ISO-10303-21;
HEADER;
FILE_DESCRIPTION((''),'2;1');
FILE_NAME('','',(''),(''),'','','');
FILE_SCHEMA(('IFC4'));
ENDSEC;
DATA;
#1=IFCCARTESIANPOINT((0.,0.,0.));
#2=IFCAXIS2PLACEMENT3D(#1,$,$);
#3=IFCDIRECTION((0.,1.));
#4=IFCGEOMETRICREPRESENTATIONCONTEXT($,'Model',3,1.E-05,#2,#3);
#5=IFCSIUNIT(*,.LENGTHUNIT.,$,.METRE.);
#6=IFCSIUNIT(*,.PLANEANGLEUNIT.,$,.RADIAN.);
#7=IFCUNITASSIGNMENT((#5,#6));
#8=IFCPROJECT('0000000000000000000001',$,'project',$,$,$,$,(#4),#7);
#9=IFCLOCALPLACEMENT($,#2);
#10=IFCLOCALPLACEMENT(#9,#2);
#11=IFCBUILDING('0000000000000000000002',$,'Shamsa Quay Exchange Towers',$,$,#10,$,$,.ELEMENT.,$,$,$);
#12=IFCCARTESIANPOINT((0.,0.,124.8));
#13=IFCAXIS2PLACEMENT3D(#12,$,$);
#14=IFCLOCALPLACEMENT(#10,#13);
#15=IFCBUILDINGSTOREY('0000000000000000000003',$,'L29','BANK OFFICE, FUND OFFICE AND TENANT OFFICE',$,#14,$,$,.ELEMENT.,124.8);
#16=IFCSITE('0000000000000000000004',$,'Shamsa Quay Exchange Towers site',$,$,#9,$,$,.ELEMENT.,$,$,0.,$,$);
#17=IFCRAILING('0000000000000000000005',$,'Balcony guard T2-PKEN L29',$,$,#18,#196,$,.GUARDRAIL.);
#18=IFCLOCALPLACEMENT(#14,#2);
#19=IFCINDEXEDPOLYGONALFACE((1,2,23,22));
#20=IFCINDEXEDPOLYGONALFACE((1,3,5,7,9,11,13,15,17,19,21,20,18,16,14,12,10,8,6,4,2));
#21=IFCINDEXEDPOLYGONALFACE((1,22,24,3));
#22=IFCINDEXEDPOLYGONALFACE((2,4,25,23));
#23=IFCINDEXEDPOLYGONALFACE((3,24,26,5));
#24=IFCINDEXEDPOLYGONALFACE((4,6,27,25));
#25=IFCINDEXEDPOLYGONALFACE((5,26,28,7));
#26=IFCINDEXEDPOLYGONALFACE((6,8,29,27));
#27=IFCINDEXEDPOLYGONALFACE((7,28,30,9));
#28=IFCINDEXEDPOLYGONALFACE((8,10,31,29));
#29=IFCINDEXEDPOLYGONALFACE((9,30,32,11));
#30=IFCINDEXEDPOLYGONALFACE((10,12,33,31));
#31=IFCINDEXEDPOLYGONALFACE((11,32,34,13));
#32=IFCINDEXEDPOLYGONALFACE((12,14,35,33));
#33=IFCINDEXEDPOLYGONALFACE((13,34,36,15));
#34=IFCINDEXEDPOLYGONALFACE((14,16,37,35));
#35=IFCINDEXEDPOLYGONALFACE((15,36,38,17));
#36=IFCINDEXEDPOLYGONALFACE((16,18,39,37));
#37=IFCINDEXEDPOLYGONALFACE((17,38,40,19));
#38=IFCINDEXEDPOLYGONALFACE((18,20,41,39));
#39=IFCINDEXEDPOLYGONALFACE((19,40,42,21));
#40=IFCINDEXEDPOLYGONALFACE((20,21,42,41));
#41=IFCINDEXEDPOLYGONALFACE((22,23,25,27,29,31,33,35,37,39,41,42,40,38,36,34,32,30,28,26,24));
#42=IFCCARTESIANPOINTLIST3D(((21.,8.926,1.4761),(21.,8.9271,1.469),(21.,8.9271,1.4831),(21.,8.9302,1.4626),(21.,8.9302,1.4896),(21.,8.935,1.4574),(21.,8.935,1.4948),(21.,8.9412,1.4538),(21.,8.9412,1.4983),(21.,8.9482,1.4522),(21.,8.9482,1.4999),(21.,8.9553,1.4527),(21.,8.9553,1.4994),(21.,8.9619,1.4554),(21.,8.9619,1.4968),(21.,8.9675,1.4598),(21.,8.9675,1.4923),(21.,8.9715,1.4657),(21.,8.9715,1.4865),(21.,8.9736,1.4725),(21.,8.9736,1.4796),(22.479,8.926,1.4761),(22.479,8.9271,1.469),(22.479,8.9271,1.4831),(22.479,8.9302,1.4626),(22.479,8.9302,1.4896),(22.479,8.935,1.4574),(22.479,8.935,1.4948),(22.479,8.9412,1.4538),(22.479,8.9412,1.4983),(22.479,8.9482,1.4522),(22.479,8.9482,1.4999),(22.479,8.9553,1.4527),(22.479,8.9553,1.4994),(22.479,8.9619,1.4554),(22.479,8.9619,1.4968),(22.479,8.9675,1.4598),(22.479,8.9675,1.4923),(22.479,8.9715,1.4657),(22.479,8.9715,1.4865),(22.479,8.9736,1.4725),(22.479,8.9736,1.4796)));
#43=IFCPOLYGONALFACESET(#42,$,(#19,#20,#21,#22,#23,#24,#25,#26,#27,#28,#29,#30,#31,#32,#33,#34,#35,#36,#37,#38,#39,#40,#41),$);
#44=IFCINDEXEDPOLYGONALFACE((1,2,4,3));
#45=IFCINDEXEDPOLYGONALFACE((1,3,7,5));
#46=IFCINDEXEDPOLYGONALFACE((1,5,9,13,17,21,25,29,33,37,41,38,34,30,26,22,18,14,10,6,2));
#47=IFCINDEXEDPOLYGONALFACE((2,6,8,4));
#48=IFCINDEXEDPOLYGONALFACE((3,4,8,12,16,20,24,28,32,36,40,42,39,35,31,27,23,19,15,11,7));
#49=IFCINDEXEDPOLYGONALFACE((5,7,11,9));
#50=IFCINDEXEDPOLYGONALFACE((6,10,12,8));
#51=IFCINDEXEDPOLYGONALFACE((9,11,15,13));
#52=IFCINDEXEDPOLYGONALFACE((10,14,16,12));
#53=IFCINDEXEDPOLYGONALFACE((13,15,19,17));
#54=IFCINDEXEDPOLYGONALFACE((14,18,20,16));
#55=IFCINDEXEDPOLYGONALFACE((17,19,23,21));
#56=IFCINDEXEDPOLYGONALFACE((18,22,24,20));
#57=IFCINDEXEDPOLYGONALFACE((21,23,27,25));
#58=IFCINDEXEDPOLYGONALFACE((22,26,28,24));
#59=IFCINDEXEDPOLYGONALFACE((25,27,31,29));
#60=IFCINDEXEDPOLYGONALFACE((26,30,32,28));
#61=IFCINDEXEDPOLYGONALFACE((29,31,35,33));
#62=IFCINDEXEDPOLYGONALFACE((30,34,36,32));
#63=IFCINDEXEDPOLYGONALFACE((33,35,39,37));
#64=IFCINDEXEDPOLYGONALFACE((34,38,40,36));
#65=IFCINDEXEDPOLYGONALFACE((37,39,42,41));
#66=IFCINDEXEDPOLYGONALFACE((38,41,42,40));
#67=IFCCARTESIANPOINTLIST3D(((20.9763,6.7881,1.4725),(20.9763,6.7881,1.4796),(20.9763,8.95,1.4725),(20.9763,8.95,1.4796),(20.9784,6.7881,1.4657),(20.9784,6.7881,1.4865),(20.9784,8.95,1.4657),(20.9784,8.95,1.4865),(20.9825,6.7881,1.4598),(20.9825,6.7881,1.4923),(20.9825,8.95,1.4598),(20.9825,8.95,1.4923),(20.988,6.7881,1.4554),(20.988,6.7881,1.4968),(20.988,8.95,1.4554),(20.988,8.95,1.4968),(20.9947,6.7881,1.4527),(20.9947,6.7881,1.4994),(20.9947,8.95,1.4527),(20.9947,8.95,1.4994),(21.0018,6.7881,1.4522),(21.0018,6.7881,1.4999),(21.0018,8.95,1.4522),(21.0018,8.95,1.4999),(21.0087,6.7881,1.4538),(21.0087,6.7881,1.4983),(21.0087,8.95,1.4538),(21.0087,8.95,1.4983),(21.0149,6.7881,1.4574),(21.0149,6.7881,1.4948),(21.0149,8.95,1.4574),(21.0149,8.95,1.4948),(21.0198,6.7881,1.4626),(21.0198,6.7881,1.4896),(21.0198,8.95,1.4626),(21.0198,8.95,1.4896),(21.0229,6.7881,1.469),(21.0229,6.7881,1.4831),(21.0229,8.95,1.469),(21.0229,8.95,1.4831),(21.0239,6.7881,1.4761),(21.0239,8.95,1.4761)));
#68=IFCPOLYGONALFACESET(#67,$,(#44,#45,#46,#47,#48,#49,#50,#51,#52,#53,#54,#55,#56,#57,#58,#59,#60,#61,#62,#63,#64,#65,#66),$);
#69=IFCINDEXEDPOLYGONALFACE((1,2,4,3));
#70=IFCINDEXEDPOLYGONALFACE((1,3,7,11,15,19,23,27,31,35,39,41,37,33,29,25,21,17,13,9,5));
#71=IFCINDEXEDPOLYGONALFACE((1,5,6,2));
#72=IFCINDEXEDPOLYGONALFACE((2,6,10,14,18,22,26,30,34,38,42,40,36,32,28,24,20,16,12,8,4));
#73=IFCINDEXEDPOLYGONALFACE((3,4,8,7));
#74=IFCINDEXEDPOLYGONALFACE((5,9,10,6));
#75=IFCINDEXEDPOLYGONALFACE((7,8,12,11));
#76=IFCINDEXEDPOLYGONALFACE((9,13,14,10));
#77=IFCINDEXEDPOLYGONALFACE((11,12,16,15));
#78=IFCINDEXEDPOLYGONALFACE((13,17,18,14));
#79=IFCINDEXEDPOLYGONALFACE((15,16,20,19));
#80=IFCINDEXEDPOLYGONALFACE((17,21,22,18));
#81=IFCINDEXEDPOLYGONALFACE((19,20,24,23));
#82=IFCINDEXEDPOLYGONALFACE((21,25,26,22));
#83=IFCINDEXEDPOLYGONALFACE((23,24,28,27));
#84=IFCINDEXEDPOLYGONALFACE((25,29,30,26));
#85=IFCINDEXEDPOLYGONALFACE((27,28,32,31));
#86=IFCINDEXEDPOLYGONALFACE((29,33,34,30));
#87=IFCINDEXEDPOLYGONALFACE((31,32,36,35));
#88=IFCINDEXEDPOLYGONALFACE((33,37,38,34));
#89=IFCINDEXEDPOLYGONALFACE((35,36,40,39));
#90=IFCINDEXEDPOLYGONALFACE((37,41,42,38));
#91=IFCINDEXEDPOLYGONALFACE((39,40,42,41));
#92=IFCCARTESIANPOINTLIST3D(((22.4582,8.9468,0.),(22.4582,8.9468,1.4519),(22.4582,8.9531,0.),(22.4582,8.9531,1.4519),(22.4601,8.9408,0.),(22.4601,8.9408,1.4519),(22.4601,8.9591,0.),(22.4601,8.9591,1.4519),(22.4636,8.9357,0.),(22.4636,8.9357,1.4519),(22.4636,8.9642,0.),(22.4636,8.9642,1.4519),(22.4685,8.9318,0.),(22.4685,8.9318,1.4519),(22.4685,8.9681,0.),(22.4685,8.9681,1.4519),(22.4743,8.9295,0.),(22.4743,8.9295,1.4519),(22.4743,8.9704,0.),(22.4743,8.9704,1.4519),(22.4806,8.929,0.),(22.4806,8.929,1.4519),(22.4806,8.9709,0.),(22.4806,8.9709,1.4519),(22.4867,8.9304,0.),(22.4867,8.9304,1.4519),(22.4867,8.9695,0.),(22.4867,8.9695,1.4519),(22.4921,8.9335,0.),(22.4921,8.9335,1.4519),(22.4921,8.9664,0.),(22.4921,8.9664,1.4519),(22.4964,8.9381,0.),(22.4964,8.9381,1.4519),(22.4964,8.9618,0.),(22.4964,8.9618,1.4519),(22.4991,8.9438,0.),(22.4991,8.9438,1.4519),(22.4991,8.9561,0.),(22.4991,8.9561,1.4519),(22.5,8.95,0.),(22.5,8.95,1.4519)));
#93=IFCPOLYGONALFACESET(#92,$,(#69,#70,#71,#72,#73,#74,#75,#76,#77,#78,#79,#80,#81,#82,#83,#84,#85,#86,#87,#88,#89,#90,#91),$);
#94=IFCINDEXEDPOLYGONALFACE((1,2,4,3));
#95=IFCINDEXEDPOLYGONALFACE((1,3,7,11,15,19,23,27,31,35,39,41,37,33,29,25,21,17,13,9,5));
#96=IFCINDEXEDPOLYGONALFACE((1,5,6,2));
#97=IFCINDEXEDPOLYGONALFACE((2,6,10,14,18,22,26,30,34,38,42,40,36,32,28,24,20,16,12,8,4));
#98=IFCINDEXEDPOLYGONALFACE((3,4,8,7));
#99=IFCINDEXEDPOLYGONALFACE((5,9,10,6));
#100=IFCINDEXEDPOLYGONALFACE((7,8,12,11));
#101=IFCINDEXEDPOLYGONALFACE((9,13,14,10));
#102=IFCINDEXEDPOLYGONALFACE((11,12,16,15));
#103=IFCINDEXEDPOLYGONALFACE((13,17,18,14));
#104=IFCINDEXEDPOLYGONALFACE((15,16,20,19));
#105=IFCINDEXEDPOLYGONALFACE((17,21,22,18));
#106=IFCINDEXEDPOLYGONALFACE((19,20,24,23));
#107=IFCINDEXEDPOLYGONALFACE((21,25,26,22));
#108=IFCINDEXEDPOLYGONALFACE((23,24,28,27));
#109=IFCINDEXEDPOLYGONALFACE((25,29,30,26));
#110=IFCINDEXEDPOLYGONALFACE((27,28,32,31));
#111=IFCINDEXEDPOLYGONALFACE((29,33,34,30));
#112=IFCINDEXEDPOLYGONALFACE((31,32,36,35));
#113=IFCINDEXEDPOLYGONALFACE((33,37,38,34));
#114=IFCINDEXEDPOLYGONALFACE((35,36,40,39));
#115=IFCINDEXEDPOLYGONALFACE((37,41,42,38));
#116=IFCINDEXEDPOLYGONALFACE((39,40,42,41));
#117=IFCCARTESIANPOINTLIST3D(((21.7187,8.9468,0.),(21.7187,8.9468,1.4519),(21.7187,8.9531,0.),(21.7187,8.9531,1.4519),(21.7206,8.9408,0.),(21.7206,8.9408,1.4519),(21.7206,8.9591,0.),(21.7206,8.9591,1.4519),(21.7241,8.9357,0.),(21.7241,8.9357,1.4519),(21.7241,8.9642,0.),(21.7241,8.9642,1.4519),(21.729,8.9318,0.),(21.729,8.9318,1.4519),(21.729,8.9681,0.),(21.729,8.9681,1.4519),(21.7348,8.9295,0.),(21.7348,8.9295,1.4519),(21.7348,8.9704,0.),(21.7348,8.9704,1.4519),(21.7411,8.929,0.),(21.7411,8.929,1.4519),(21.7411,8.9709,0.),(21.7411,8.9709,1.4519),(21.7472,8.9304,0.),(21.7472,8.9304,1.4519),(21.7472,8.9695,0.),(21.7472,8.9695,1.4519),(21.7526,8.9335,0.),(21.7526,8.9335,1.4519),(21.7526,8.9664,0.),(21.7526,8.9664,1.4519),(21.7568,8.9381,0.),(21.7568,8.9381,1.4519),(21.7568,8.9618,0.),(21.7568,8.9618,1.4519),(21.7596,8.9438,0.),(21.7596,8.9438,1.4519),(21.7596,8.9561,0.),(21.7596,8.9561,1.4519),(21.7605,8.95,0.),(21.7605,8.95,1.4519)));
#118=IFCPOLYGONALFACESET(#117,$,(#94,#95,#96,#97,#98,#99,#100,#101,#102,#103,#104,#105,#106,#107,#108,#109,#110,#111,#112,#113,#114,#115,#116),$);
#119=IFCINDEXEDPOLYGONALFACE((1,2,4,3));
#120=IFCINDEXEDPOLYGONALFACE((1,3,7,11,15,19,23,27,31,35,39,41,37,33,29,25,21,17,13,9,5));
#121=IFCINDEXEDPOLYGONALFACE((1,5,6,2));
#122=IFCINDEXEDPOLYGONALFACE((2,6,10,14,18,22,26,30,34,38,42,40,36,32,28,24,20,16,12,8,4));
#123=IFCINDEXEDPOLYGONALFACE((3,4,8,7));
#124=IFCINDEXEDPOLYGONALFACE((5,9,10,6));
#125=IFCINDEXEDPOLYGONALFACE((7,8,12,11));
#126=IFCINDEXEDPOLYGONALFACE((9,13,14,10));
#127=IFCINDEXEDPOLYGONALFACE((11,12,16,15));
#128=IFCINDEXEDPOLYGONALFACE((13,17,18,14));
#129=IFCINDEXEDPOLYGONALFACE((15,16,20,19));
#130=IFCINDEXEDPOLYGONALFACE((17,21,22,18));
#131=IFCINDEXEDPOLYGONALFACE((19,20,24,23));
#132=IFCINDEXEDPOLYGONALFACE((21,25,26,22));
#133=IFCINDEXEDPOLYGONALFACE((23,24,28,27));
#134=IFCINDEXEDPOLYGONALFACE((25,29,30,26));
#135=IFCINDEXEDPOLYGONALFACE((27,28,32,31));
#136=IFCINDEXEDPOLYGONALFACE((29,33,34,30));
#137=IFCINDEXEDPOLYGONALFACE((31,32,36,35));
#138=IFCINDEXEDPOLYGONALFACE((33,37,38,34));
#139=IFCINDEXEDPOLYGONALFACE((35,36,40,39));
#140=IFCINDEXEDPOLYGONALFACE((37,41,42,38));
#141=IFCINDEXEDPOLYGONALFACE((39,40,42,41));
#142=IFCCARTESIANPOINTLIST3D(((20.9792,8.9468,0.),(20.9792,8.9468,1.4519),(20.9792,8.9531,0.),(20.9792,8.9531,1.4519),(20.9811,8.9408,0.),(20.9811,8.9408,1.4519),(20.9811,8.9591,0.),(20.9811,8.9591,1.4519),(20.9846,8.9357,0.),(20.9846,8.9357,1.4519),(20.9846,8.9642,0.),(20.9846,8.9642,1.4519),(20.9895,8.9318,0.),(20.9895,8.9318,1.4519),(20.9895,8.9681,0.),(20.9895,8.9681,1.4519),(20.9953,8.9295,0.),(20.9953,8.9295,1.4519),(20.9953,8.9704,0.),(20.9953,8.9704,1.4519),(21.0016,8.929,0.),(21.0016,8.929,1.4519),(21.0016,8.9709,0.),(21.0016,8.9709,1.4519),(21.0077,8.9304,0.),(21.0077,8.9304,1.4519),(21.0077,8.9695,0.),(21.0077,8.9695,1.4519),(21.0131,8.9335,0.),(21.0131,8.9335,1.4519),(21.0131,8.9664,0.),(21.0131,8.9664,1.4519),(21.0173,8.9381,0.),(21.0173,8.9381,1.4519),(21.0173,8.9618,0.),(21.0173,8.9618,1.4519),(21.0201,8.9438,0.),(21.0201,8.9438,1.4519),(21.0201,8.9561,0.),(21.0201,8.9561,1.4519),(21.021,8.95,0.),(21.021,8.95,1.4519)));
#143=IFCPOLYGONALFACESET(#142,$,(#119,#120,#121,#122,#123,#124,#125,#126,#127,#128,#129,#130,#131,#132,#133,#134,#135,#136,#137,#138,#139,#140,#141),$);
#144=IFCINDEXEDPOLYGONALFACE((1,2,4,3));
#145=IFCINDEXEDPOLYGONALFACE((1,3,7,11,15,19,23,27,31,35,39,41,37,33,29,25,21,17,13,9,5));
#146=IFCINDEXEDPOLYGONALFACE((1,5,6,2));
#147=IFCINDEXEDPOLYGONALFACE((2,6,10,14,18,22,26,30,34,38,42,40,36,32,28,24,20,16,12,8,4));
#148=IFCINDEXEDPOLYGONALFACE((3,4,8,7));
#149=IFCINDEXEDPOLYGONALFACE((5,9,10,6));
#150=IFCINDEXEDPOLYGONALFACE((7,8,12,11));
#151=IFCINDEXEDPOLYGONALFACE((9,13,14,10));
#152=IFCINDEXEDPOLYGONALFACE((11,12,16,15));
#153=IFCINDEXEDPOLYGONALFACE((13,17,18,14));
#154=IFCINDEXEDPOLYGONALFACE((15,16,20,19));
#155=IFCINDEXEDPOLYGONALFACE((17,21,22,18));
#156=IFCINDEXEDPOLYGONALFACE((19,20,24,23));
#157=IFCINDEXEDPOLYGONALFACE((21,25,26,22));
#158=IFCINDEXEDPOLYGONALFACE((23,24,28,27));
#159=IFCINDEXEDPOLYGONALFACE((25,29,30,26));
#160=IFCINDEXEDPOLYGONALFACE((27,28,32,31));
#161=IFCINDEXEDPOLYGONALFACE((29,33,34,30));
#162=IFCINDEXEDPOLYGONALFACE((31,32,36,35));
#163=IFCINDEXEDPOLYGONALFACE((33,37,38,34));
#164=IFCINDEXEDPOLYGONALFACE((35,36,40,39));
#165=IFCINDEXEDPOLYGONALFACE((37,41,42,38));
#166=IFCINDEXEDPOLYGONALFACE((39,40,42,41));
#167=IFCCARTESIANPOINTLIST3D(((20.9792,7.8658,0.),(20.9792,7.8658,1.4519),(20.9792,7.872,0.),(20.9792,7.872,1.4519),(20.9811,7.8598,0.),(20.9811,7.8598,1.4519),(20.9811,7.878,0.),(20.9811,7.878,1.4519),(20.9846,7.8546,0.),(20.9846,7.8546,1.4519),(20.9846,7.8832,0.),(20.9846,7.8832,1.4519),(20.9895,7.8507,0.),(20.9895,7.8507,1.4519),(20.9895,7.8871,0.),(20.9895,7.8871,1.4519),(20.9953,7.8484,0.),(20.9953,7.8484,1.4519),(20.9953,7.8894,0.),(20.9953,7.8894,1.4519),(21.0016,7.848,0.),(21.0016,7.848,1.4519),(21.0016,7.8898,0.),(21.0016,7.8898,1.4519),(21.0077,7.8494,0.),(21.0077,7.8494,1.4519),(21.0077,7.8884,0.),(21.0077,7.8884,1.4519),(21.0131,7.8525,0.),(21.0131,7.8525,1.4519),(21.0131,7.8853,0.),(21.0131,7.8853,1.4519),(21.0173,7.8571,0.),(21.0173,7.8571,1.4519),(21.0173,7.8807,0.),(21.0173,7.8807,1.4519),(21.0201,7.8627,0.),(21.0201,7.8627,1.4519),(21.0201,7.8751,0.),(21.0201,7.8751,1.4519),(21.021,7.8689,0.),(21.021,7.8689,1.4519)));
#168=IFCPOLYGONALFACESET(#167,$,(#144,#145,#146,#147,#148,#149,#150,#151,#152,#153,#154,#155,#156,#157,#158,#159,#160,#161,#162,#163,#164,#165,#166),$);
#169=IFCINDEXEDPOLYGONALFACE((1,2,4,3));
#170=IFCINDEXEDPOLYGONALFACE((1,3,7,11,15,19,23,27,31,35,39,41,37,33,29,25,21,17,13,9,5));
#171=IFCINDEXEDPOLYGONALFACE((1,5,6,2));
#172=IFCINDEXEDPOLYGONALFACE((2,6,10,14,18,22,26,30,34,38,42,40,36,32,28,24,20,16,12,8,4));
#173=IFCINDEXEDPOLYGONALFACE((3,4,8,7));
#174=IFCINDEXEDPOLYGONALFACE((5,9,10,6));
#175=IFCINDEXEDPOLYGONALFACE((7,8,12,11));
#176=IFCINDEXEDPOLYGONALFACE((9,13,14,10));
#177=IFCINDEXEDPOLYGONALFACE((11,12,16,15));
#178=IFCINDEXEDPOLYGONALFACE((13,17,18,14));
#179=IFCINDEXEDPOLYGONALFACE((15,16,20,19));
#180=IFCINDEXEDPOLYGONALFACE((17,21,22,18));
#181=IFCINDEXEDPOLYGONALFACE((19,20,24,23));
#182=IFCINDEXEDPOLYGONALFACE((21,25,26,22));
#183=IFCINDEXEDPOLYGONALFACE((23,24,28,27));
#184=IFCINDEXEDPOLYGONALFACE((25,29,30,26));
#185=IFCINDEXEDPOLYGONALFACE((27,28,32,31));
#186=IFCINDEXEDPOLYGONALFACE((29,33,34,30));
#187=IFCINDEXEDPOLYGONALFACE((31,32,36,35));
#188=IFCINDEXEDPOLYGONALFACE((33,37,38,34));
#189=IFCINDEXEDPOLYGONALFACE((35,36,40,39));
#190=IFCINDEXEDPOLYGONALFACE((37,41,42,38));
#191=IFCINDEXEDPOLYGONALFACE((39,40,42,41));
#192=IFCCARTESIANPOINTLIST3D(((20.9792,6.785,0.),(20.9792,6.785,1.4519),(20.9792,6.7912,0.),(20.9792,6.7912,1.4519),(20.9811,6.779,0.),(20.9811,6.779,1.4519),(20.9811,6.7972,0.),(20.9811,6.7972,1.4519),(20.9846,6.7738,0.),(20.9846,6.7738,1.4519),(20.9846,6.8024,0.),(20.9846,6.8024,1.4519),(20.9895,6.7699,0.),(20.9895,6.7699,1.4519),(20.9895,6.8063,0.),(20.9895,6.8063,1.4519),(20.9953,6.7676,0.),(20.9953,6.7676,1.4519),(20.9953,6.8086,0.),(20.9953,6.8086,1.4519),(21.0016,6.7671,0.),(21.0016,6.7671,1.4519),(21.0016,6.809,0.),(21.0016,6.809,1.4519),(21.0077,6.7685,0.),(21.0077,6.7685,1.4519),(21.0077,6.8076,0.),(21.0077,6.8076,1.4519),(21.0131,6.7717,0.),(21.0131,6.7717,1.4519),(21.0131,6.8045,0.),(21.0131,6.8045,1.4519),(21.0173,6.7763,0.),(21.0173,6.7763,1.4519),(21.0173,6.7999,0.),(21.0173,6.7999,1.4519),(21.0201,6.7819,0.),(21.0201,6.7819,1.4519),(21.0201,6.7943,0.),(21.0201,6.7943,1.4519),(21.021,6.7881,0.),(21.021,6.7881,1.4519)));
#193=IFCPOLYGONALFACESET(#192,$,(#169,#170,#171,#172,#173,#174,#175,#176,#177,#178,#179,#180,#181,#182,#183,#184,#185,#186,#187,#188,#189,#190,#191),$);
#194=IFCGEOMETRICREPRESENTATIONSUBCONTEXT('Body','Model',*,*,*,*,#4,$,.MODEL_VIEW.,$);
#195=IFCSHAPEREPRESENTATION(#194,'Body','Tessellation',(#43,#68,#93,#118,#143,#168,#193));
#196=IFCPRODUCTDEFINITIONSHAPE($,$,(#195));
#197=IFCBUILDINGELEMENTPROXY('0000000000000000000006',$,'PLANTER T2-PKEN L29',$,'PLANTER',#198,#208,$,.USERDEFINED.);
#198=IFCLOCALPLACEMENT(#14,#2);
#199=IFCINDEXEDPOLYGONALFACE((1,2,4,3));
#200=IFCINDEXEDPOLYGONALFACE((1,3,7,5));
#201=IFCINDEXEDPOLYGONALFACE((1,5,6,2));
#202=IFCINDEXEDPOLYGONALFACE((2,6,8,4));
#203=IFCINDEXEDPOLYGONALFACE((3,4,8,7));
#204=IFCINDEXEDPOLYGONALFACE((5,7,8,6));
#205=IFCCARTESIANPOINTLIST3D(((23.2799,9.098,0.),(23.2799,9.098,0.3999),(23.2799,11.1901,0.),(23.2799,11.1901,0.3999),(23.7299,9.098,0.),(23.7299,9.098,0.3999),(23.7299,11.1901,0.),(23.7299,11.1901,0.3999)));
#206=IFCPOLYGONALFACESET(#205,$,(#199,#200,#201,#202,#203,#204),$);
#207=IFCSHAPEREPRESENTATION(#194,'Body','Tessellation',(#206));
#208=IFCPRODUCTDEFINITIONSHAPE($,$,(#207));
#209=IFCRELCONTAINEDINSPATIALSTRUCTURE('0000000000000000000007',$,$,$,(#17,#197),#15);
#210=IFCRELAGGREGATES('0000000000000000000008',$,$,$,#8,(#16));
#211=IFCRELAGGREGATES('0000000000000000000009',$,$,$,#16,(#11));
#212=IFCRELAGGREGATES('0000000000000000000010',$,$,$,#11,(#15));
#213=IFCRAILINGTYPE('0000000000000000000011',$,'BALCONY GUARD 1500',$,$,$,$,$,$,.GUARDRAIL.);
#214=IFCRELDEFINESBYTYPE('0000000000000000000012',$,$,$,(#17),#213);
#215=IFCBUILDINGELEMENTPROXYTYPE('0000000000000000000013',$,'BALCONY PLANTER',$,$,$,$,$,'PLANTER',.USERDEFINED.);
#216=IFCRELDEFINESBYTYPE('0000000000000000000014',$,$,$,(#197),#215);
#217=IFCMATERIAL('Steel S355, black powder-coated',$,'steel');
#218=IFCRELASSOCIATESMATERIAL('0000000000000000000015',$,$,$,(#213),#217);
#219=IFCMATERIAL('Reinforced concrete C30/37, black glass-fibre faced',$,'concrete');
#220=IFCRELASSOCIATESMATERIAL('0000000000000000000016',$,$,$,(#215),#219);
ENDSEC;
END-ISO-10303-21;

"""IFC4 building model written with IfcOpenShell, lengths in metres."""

from ifc_helpers import new_model, si_unit, direction, frame, origin, origin_2d, place, context, subcontext, project, spatial, rectangle, circle, extrude, material, type_object, element, save


model = new_model("IFC4")

# Units and contexts
model_context = context("Model", 3, precision=1e-05, world=origin(), true_north=direction((0.0, 1.0)))
body_context = subcontext(model_context, "Body", "Model", "MODEL_VIEW")
ifc_project = project(units=[si_unit("LENGTHUNIT", "METRE"), si_unit("PLANEANGLEUNIT", "RADIAN")], contexts=[model_context])

# Site, building, storey
site_placement = place(None, origin())
site = spatial("IfcSite", under=ifc_project, at=site_placement, Name="Shamsa Quay Exchange Towers site", CompositionType="ELEMENT", RefElevation=0.0)
building_placement = place(site_placement, origin())
building = spatial("IfcBuilding", under=site, at=building_placement, Name="Shamsa Quay Exchange Towers", CompositionType="ELEMENT")
storey_placement = place(building_placement, frame((0.0, 0.0, 124.8)))
storey = spatial("IfcBuildingStorey", under=building, at=storey_placement, Name="L29", Description="BANK OFFICE, FUND OFFICE AND TENANT OFFICE", CompositionType="ELEMENT", Elevation=124.8)

# Railing
ifc_material_1 = material(Name="Steel S355, black powder-coated", Category="steel")
railing_type = type_object("IfcRailingType", Name="BALCONY GUARD 1500", PredefinedType="GUARDRAIL", material=ifc_material_1)
for number, where, name in (
    (1, (22.479, 8.95, 0.0), "Balcony guard T2-PKEN L29"),
):
    element("IfcRailing", number, at=place(storey_placement, frame(where)), inside=storey, type_object=railing_type, Name=name, PredefinedType="GUARDRAIL", context=body_context, shape_type="SweptSolid", body=[
        extrude(circle(Radius=0.0239, at=origin_2d()), frame((0.0, 0.0, 1.4761), z_axis=(-1.0, 0.0, 0.0), x_axis=(0.0, -1.0, 0.0)), (0.0, 0.0, 1.0), 1.479),
        extrude(circle(Radius=0.0239, at=origin_2d()), frame((-1.479, 0.0, 1.4761), z_axis=(0.0, -1.0, 0.0), x_axis=(1.0, 0.0, 0.0)), (0.0, 0.0, 1.0), 2.1619),
        extrude(circle(Radius=0.021, at=origin_2d()), origin(), (0.0, 0.0, 1.0), 1.4519),
        extrude(circle(Radius=0.021, at=origin_2d()), frame((-0.7395, 0.0, 0.0)), (0.0, 0.0, 1.0), 1.4519),
        extrude(circle(Radius=0.021, at=origin_2d()), frame((-1.479, 0.0, 0.0)), (0.0, 0.0, 1.0), 1.4519),
        extrude(circle(Radius=0.021, at=origin_2d()), frame((-1.479, -1.0811, 0.0)), (0.0, 0.0, 1.0), 1.4519),
        extrude(circle(Radius=0.021, at=origin_2d()), frame((-1.479, -2.1619, 0.0)), (0.0, 0.0, 1.0), 1.4519),
    ])

# Building element proxy
ifc_material_2 = material(Name="Reinforced concrete C30/37, black glass-fibre faced", Category="concrete")
building_element_proxy_type = type_object("IfcBuildingElementProxyType", Name="BALCONY PLANTER", ElementType="PLANTER", PredefinedType="USERDEFINED", material=ifc_material_2)
for number, where, z_axis, x_axis, name in (
    (2, (23.5049, 10.144, 0.0), (0.0, 0.0, 1.0), (0.0, -1.0, 0.0), "PLANTER T2-PKEN L29"),
):
    element("IfcBuildingElementProxy", number, at=place(storey_placement, frame(where, z_axis=z_axis, x_axis=x_axis)), inside=storey, type_object=building_element_proxy_type, Name=name, ObjectType="PLANTER", PredefinedType="USERDEFINED", context=body_context, shape_type="SweptSolid", body=[
        extrude(rectangle(XDim=2.092, YDim=0.45, at=origin_2d()), origin(), (0.0, 0.0, 1.0), 0.3999),
    ])

save(model, "model.ifc")
